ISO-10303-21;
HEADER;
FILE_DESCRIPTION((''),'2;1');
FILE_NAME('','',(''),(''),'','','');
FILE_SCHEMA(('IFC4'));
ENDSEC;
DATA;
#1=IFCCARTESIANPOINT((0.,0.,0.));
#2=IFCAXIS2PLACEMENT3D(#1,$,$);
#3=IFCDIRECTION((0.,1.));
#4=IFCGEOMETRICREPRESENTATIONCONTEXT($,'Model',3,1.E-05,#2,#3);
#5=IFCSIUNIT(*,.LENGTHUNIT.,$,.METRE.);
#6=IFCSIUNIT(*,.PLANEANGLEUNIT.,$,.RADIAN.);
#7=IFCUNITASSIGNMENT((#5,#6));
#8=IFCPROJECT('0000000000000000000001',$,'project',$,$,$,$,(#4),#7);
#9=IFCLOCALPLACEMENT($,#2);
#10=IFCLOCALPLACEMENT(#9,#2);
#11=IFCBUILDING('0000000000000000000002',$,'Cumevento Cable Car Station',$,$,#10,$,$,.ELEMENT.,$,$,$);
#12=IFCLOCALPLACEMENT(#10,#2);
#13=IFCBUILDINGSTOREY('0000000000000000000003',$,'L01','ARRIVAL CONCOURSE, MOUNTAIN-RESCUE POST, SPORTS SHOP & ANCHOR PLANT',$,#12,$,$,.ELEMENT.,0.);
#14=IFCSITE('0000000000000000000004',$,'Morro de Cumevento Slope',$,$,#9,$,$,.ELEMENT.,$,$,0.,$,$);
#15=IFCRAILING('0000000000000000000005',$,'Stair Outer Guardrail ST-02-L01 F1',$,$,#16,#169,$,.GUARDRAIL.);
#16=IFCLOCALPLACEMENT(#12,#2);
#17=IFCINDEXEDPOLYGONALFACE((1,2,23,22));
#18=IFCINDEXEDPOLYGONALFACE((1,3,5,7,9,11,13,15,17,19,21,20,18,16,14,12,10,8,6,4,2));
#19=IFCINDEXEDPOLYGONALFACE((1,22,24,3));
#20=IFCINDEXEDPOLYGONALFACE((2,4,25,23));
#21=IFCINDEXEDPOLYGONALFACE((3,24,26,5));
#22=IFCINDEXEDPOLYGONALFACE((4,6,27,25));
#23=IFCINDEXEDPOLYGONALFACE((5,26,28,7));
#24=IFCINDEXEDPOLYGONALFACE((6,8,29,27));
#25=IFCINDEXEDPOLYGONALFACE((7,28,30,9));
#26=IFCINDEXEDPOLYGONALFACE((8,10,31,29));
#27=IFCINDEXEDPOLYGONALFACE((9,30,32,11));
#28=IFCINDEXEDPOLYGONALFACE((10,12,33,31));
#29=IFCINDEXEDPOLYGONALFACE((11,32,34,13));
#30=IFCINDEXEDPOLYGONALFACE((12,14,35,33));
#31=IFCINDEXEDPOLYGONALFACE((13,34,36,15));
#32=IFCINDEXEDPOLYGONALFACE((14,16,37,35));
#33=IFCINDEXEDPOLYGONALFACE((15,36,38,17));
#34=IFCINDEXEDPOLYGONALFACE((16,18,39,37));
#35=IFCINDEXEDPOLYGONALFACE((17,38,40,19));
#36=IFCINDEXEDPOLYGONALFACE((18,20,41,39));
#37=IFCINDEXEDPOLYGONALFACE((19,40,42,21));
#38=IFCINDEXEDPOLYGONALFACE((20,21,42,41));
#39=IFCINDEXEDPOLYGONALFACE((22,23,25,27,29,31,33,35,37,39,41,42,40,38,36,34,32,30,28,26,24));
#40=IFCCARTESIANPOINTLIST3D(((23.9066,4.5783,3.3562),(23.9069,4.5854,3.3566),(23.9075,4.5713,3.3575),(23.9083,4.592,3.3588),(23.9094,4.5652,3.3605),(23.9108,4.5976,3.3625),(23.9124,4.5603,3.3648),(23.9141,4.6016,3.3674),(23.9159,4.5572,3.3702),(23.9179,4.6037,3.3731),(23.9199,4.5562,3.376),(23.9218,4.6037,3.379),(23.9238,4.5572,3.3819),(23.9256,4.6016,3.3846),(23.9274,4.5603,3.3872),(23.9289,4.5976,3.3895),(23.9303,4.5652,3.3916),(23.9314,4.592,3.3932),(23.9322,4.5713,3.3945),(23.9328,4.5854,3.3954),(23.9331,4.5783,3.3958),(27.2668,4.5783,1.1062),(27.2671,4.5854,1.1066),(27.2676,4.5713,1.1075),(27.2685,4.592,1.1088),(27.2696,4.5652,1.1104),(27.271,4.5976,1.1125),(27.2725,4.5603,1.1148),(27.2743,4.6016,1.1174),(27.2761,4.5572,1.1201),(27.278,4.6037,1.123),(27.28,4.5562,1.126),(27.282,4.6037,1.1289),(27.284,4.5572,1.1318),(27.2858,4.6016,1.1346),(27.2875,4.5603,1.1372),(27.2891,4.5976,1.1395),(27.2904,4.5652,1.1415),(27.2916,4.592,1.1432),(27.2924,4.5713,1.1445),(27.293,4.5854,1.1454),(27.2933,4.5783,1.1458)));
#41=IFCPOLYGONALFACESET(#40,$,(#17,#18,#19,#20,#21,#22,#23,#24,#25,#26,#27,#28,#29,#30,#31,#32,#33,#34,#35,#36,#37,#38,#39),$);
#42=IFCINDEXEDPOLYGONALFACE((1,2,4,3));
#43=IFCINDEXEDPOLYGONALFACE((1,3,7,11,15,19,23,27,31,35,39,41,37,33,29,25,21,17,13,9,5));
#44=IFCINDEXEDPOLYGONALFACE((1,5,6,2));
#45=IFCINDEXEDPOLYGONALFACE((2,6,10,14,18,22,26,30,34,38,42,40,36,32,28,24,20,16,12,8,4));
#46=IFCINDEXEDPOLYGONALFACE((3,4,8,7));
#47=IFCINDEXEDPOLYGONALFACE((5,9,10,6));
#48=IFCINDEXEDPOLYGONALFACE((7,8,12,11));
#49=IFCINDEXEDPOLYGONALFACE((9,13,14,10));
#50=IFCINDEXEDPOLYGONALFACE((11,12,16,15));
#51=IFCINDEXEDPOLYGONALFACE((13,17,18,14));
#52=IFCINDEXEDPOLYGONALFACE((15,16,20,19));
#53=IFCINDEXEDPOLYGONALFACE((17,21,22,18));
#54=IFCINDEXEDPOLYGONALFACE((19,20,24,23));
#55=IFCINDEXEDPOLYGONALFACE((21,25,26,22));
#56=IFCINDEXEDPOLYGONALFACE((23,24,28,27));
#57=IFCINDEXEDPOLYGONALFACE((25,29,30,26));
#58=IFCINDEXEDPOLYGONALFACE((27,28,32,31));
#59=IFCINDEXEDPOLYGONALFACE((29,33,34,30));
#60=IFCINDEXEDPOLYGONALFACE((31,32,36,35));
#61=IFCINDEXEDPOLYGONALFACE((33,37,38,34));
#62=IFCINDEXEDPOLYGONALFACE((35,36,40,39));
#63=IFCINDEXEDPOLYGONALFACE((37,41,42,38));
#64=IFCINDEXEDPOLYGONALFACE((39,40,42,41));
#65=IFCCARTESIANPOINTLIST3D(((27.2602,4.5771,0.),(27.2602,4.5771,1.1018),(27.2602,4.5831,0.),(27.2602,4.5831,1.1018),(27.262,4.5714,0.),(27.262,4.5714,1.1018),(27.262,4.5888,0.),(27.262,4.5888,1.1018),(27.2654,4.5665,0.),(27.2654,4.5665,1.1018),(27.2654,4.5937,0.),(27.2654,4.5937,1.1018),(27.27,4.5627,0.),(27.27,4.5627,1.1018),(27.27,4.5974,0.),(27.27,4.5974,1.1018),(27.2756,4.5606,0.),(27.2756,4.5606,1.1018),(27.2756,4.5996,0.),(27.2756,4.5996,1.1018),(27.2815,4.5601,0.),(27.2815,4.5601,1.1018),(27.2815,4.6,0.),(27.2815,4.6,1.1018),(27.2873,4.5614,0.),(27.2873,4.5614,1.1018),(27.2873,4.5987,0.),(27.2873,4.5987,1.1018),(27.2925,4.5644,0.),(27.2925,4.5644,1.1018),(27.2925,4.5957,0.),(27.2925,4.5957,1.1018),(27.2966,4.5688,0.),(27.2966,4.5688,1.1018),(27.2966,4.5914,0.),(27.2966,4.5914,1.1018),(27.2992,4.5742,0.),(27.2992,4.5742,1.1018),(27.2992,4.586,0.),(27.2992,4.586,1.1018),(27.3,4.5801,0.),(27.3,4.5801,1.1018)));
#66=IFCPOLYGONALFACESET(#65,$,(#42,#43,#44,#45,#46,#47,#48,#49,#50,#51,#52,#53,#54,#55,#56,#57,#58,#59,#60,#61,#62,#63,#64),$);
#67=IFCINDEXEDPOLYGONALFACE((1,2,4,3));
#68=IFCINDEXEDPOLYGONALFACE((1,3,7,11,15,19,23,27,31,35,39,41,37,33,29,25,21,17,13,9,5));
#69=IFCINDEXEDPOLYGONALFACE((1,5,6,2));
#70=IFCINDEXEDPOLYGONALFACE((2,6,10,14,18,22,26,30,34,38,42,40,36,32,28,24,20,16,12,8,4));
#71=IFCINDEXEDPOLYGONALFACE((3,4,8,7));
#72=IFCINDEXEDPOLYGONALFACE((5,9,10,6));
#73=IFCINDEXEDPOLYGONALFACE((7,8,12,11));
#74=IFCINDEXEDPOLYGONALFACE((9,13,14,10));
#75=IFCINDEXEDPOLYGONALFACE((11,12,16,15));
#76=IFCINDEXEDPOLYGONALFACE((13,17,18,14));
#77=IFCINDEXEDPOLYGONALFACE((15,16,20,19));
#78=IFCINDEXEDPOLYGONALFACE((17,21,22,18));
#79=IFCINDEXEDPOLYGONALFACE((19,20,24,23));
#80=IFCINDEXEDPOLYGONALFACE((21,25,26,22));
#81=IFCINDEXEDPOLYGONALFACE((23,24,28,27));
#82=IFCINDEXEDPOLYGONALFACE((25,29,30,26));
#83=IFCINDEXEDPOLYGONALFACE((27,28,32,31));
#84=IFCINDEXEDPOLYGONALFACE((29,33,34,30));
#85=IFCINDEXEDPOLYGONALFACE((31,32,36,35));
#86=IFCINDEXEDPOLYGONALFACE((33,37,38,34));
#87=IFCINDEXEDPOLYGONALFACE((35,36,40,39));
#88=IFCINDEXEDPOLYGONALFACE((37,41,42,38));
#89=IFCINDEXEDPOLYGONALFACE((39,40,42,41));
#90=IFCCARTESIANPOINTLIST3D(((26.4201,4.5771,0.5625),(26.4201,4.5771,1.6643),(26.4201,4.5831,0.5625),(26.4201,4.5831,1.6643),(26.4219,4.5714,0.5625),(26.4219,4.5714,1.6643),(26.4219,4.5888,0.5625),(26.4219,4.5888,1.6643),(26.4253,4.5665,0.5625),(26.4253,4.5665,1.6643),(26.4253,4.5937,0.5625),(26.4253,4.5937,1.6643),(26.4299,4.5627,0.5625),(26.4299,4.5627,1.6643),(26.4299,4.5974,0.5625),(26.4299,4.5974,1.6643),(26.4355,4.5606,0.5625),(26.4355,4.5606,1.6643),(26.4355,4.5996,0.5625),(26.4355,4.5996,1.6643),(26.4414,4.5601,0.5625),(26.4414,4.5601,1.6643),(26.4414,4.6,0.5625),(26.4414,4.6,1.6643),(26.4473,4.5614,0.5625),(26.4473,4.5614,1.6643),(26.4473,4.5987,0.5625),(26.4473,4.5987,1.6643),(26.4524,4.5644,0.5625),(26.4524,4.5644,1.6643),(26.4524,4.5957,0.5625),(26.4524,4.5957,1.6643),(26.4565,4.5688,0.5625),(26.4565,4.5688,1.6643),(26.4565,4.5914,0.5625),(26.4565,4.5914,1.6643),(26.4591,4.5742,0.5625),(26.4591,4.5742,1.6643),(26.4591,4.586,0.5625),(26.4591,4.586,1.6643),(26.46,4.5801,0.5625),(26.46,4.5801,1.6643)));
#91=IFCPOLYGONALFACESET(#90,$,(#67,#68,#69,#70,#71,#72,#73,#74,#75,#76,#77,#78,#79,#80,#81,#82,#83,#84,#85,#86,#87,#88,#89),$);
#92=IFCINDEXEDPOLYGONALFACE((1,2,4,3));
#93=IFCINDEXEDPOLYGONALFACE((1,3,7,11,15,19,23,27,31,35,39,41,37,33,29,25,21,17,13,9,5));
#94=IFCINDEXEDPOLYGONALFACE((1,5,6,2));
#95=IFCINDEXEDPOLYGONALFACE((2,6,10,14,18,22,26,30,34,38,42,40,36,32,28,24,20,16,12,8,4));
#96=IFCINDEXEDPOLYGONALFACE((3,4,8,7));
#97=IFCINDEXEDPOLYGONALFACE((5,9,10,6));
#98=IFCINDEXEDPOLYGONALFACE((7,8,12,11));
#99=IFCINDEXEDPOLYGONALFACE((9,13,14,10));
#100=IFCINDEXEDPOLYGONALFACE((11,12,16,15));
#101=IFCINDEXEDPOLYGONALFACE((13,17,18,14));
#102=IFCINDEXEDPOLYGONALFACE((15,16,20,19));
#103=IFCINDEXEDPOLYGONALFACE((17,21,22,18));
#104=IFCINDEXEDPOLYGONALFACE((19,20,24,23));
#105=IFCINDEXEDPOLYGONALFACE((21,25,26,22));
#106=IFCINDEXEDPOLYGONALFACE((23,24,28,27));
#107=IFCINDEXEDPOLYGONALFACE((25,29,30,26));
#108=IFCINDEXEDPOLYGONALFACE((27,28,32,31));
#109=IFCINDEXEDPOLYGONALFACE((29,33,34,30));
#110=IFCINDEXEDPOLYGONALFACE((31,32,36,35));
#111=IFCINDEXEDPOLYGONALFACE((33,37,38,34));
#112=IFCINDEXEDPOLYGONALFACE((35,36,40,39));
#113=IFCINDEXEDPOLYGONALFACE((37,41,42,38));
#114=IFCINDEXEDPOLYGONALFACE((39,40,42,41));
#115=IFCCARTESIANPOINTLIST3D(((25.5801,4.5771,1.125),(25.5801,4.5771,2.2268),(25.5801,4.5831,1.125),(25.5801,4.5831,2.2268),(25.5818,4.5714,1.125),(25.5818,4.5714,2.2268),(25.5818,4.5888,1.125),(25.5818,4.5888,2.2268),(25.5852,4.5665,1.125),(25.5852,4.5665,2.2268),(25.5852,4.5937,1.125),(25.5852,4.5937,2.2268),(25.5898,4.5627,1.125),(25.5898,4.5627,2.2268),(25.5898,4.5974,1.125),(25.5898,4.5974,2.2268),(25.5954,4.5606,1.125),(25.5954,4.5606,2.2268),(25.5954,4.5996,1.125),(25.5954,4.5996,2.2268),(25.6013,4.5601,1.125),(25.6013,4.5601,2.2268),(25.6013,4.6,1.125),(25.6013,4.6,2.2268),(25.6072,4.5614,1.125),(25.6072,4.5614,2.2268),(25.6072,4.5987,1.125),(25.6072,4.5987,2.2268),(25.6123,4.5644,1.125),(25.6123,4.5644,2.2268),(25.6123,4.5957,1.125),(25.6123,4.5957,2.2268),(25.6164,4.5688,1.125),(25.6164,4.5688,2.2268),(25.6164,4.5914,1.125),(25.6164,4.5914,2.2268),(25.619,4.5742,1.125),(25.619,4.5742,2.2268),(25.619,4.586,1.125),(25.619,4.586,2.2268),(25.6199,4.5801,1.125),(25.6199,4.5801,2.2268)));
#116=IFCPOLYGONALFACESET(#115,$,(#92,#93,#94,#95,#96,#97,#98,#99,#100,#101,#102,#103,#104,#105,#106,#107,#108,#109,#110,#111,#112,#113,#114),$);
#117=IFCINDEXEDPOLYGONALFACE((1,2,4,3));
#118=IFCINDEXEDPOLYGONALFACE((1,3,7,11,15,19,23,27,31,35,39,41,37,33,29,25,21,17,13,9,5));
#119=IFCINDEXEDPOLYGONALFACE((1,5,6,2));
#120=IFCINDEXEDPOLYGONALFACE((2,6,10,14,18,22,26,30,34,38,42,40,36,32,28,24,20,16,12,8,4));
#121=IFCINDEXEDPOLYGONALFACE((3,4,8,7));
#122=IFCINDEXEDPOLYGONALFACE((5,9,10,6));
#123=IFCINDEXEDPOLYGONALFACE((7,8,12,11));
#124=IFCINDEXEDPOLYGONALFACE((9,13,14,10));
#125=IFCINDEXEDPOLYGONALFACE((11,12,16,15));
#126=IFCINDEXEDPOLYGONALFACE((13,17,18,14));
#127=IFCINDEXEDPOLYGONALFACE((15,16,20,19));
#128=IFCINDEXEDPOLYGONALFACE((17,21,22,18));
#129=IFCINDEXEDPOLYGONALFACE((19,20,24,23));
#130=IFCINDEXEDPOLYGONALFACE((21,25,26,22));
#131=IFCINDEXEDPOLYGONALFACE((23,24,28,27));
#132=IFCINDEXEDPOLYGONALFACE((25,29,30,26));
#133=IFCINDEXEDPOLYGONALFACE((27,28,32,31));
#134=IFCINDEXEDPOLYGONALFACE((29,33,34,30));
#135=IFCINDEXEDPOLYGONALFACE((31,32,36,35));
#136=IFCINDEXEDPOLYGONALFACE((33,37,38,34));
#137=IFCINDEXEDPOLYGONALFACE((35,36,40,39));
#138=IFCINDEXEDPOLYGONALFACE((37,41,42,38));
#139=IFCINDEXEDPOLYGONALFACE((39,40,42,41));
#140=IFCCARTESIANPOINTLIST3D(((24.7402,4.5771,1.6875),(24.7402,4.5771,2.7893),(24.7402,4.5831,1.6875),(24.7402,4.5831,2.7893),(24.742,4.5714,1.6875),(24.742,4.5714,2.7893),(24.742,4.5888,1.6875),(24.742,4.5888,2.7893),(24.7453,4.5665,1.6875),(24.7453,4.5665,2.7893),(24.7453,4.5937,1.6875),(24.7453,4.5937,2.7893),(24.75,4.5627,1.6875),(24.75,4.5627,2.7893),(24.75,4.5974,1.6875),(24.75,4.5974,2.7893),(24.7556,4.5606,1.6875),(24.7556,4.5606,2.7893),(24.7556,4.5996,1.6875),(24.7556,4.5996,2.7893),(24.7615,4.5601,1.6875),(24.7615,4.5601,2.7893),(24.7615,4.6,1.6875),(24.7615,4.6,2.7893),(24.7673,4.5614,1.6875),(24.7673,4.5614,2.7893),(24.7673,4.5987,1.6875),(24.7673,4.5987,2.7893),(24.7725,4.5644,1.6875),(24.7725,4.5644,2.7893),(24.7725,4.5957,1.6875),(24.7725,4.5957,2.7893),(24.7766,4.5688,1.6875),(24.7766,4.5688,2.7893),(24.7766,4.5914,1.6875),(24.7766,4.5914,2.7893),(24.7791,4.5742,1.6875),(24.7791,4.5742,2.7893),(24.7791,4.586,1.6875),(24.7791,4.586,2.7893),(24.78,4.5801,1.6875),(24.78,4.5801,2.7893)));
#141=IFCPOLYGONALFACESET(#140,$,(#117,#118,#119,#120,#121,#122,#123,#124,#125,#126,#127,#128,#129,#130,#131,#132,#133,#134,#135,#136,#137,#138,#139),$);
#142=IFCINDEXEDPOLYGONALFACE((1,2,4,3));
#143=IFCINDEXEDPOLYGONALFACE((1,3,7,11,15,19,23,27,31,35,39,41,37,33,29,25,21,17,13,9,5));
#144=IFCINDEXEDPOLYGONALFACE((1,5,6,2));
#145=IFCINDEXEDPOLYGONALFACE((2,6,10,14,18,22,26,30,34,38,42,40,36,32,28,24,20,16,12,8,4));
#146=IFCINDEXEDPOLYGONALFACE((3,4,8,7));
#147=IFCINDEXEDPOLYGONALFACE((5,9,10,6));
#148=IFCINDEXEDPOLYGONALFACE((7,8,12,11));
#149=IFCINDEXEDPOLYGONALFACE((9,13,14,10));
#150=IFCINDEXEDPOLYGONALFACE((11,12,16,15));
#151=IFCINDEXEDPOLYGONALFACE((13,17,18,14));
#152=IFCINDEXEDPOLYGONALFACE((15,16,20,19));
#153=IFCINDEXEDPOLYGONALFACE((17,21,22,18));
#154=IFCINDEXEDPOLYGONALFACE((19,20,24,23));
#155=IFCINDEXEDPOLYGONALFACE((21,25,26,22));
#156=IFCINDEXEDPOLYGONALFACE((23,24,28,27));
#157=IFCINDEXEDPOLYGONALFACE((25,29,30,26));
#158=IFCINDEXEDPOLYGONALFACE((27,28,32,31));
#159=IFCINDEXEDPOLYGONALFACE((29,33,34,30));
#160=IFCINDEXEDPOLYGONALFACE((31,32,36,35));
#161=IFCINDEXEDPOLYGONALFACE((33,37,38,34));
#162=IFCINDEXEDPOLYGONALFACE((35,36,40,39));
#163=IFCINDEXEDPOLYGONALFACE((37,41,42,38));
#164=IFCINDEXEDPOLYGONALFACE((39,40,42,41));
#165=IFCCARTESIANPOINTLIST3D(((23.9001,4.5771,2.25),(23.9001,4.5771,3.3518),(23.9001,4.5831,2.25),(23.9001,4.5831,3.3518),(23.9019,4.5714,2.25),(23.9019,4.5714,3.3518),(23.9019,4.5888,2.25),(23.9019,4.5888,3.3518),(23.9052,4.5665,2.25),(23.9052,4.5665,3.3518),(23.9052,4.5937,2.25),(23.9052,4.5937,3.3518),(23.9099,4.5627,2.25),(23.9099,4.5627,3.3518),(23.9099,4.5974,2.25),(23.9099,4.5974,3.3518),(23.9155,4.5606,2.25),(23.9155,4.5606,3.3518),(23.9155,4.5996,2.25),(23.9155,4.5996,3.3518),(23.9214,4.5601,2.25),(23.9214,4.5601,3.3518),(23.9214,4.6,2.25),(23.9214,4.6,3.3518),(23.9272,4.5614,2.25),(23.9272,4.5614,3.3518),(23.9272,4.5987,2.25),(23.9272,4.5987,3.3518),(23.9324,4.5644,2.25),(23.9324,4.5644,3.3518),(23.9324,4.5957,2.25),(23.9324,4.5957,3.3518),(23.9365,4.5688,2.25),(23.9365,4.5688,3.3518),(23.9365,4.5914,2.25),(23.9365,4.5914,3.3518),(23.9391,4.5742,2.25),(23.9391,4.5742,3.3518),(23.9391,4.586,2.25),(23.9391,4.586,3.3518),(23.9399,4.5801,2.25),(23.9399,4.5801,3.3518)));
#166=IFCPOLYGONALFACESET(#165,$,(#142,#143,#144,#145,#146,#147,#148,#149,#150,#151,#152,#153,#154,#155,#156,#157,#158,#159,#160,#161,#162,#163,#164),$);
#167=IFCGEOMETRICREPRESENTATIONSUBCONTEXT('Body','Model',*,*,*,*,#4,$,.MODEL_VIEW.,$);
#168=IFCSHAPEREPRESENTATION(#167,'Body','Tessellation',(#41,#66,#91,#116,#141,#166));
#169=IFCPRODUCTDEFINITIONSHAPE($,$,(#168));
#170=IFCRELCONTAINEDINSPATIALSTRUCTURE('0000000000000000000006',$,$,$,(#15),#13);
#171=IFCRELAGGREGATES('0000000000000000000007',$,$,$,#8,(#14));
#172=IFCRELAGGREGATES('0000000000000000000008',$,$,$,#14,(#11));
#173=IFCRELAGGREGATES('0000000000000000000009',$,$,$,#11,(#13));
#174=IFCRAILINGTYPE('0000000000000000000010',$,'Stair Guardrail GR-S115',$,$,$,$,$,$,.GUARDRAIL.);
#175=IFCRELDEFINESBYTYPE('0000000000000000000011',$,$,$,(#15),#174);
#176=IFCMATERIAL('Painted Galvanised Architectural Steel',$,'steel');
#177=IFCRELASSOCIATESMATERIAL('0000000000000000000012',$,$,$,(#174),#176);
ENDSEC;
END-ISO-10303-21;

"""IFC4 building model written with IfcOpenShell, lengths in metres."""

from ifc_helpers import new_model, si_unit, direction, frame, origin, origin_2d, place, context, subcontext, project, spatial, circle, extrude, material, type_object, element, save


model = new_model("IFC4")

# Units and contexts
model_context = context("Model", 3, precision=1e-05, world=origin(), true_north=direction((0.0, 1.0)))
body_context = subcontext(model_context, "Body", "Model", "MODEL_VIEW")
ifc_project = project(units=[si_unit("LENGTHUNIT", "METRE"), si_unit("PLANEANGLEUNIT", "RADIAN")], contexts=[model_context])

# Site, building, storey
site_placement = place(None, origin())
site = spatial("IfcSite", under=ifc_project, at=site_placement, Name="Morro de Cumevento Slope", CompositionType="ELEMENT", RefElevation=0.0)
building_placement = place(site_placement, origin())
building = spatial("IfcBuilding", under=site, at=building_placement, Name="Cumevento Cable Car Station", CompositionType="ELEMENT")
storey_placement = place(building_placement, origin())
storey = spatial("IfcBuildingStorey", under=building, at=storey_placement, Name="L01", Description="ARRIVAL CONCOURSE, MOUNTAIN-RESCUE POST, SPORTS SHOP & ANCHOR PLANT", CompositionType="ELEMENT", Elevation=0.0)

# Railing
ifc_material_1 = material(Name="Painted Galvanised Architectural Steel", Category="steel")
railing_type_1 = type_object("IfcRailingType", Name="Stair Guardrail GR-S115", PredefinedType="GUARDRAIL", material=ifc_material_1)
railing_1_placement = place(storey_placement, frame((27.28, 4.5801, 0.0)))
element("IfcRailing", 1, at=railing_1_placement, inside=storey, type_object=railing_type_1, Name="Stair Outer Guardrail ST-02-L01 F1", PredefinedType="GUARDRAIL", context=body_context, shape_type="SweptSolid", body=[
    extrude(circle(Radius=0.0239, at=origin_2d()), frame((0.0, 0.0, 1.126), z_axis=(-0.830915, 0.0, 0.556399), x_axis=(0.0, -1.0, 0.0)), (0.0, 0.0, 1.0), 4.0439),
    extrude(circle(Radius=0.02, at=origin_2d()), origin(), (0.0, 0.0, 1.0), 1.1018),
    extrude(circle(Radius=0.02, at=origin_2d()), frame((-0.8401, 0.0, 0.5625)), (0.0, 0.0, 1.0), 1.1018),
    extrude(circle(Radius=0.02, at=origin_2d()), frame((-1.6802, 0.0, 1.125)), (0.0, 0.0, 1.0), 1.1018),
    extrude(circle(Radius=0.02, at=origin_2d()), frame((-2.52, 0.0, 1.6875)), (0.0, 0.0, 1.0), 1.1018),
    extrude(circle(Radius=0.02, at=origin_2d()), frame((-3.3601, 0.0, 2.25)), (0.0, 0.0, 1.0), 1.1018),
])

save(model, "model.ifc")
